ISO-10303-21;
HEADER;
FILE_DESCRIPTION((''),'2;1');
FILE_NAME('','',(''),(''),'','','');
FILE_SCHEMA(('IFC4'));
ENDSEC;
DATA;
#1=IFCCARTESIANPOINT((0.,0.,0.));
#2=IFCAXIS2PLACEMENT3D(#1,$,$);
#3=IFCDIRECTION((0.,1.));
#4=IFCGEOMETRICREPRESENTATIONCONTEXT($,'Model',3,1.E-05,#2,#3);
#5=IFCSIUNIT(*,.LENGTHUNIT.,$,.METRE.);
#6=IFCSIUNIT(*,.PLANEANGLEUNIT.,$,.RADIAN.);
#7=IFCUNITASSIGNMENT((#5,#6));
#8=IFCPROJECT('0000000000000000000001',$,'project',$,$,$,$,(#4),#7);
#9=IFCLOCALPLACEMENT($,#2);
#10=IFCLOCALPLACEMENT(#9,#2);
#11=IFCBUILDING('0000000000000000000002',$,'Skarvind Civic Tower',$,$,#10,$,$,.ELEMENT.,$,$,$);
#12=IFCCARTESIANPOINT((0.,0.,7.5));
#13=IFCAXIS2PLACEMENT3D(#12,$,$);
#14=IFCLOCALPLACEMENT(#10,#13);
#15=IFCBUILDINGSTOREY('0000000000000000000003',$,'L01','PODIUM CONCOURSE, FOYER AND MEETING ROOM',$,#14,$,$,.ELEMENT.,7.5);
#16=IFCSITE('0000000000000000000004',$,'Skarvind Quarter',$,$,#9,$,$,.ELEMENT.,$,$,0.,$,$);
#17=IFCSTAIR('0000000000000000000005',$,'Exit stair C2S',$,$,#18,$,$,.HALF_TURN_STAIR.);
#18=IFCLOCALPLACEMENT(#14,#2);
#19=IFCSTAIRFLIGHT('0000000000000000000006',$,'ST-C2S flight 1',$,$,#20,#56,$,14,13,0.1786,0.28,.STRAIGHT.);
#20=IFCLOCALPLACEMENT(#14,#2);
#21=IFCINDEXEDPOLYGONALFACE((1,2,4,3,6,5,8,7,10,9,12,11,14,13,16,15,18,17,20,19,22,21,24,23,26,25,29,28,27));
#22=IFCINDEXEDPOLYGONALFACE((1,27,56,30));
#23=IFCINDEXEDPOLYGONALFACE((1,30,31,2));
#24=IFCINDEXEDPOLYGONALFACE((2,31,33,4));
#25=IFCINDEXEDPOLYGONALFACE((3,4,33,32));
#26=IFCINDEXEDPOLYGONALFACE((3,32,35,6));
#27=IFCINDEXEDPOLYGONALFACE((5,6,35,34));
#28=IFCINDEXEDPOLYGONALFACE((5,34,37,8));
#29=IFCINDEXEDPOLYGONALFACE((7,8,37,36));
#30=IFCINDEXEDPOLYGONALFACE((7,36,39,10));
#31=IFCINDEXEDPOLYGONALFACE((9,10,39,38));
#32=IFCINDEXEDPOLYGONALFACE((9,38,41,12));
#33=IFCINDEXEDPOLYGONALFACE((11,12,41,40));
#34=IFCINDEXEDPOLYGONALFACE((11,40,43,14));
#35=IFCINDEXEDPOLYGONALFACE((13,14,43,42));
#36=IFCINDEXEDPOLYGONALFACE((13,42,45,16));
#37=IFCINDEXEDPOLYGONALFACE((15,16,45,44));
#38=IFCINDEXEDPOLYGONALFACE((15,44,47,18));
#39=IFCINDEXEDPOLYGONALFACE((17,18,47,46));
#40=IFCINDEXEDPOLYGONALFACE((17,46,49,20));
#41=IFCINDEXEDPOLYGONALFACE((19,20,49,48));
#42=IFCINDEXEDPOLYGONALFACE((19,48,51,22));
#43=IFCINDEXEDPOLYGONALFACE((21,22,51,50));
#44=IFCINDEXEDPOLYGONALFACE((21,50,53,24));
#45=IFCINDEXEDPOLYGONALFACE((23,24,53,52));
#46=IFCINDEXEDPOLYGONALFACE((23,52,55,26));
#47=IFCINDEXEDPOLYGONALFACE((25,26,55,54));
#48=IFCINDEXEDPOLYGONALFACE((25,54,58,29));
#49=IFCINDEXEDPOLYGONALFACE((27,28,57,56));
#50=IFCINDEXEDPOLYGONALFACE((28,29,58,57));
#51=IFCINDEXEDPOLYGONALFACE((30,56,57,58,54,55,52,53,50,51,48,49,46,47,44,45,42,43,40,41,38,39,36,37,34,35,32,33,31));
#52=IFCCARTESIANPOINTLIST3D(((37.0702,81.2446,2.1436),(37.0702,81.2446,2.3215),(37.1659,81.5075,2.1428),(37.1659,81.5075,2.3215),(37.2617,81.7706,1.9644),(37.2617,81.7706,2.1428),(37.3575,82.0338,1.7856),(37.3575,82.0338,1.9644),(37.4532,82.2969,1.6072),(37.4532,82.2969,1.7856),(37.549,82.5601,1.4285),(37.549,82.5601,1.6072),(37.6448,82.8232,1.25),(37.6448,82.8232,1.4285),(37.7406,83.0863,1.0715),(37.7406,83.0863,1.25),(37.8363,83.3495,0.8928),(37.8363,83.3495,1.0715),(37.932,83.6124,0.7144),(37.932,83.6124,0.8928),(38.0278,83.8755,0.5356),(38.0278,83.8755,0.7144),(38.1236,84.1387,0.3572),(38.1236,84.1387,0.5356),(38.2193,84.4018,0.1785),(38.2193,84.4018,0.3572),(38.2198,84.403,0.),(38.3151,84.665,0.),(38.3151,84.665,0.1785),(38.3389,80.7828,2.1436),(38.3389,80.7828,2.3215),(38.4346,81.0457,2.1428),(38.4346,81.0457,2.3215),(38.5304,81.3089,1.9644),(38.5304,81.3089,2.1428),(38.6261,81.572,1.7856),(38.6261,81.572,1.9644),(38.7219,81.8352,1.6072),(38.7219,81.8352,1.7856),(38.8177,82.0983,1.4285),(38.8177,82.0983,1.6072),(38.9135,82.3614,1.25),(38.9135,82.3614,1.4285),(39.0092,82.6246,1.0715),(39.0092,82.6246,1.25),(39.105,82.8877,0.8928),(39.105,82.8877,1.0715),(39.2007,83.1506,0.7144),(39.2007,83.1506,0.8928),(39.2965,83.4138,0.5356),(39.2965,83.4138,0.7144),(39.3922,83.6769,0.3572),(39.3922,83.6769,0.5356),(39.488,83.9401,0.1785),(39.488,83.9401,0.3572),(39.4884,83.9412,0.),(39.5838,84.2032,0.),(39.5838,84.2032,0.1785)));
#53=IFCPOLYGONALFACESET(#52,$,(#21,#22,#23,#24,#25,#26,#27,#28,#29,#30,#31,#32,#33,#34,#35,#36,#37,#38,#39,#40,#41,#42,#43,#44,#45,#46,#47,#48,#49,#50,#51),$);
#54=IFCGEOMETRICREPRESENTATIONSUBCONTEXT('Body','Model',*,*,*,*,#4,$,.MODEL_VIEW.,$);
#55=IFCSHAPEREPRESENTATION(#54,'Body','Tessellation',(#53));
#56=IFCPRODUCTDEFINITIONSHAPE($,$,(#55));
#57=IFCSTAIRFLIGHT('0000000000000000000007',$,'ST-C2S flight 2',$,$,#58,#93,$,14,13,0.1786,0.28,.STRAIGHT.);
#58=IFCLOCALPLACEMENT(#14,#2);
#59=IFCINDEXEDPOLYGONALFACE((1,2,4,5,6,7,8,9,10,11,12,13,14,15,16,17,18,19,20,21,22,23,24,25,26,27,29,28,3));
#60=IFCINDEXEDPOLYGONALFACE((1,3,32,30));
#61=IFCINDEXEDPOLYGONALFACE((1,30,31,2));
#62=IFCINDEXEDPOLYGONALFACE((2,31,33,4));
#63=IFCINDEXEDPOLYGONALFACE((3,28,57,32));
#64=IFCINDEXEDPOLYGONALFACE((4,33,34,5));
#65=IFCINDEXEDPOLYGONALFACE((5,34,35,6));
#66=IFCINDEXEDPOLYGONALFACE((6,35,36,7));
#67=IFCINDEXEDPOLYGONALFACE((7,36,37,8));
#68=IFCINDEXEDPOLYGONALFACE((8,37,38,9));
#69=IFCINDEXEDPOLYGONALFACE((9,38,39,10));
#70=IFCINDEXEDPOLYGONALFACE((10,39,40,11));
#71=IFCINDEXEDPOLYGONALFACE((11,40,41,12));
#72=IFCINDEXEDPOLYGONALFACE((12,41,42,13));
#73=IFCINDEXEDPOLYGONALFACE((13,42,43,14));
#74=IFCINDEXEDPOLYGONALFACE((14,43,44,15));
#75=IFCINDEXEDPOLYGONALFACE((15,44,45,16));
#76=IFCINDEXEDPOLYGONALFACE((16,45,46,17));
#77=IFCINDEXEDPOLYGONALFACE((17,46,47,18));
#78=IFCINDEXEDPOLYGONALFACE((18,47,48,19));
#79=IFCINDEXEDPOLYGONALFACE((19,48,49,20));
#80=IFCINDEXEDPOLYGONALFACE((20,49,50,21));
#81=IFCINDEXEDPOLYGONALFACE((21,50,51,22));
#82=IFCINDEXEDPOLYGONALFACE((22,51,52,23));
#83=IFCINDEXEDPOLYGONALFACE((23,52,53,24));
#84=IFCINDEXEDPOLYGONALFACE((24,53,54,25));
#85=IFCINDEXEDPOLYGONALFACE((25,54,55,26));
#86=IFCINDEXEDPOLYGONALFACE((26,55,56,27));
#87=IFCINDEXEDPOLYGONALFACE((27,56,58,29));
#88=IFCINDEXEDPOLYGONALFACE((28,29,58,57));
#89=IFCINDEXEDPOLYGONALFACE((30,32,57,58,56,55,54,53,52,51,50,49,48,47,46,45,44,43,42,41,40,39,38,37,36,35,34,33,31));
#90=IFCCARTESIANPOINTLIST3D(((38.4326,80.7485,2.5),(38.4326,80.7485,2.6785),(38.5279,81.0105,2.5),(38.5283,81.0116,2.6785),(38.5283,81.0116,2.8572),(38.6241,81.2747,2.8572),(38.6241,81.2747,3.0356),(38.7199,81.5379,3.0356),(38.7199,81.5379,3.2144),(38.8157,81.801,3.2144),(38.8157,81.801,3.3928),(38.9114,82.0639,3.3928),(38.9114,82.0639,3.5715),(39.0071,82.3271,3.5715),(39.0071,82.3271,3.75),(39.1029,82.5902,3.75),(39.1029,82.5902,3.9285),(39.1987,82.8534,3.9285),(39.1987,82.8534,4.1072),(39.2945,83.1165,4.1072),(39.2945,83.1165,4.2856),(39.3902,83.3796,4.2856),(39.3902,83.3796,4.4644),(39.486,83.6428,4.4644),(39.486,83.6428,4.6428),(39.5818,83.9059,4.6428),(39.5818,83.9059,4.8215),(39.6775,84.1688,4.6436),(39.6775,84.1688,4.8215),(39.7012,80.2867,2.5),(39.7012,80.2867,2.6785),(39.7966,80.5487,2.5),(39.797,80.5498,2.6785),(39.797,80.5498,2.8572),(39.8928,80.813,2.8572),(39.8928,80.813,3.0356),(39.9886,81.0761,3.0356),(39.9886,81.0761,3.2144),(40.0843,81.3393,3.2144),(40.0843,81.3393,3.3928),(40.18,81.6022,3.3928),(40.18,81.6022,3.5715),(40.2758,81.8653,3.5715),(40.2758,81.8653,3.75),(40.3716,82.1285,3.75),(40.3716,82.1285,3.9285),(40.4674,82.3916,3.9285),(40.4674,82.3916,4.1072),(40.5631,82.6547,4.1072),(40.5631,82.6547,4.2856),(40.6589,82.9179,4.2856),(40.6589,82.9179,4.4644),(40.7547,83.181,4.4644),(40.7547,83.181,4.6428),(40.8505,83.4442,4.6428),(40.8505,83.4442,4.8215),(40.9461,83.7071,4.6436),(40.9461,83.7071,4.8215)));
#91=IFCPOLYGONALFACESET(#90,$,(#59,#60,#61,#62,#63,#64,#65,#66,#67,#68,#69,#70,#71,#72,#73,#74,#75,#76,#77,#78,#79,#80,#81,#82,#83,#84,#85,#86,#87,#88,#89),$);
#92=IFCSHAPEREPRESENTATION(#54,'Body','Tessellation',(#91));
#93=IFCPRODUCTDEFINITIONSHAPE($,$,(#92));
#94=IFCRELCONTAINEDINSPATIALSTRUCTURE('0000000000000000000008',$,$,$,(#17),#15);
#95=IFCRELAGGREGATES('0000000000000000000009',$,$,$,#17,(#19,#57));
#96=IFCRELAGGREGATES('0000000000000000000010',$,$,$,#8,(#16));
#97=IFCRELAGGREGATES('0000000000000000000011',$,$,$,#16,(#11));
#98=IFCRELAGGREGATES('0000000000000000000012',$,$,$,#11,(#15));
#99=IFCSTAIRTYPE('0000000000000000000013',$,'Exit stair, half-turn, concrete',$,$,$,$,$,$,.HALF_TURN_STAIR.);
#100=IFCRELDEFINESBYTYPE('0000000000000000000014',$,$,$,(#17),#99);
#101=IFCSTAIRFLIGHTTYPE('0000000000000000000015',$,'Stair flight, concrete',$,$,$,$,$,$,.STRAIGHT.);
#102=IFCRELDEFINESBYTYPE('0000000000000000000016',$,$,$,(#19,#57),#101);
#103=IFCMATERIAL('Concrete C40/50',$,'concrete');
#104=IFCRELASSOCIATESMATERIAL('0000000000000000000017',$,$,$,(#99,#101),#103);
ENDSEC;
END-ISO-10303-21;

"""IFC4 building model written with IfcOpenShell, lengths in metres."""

from ifc_helpers import new_model, si_unit, direction, frame, origin, place, context, subcontext, project, spatial, polyline, outline, extrude, material, type_object, element, aggregate, save


model = new_model("IFC4")

# Units and contexts
model_context = context("Model", 3, precision=1e-05, world=origin(), true_north=direction((0.0, 1.0)))
body_context = subcontext(model_context, "Body", "Model", "MODEL_VIEW")
ifc_project = project(units=[si_unit("LENGTHUNIT", "METRE"), si_unit("PLANEANGLEUNIT", "RADIAN")], contexts=[model_context])

# Site, building, storey
site_placement = place(None, origin())
site = spatial("IfcSite", under=ifc_project, at=site_placement, Name="Skarvind Quarter", CompositionType="ELEMENT", RefElevation=0.0)
building_placement = place(site_placement, origin())
building = spatial("IfcBuilding", under=site, at=building_placement, Name="Skarvind Civic Tower", CompositionType="ELEMENT")
storey_placement = place(building_placement, frame((0.0, 0.0, 7.5)))
storey = spatial("IfcBuildingStorey", under=building, at=storey_placement, Name="L01", Description="PODIUM CONCOURSE, FOYER AND MEETING ROOM", CompositionType="ELEMENT", Elevation=7.5)

# Stair, stair flights
ifc_material_1 = material(Name="Concrete C40/50", Category="concrete")
stair_type = type_object("IfcStairType", Name="Exit stair, half-turn, concrete", PredefinedType="HALF_TURN_STAIR", material=ifc_material_1)
stair_placement = place(storey_placement, origin())
stair = element("IfcStair", 1, at=stair_placement, inside=storey, type_object=stair_type, Name="Exit stair C2S", PredefinedType="HALF_TURN_STAIR")
stair_flight_type = type_object("IfcStairFlightType", Name="Stair flight, concrete", PredefinedType="STRAIGHT", material=ifc_material_1)
stair_flight_1_placement = place(storey_placement, frame((38.9495, 84.4341, 0.0), z_axis=(0.0, 0.0, 1.0), x_axis=(-0.34202, -0.939693, 0.0)))
stair_flight_1 = element("IfcStairFlight", 2, at=stair_flight_1_placement, type_object=stair_flight_type, Name="ST-C2S flight 1", NumberOfRisers=14, NumberOfTreads=13, PredefinedType="STRAIGHT", RiserHeight=0.1786, TreadLength=0.28, context=body_context, shape_type="SweptSolid", body=[
    extrude(outline(polyline([(0.0, 0.0), (0.0, 0.1785), (0.28, 0.1785), (0.28, 0.3572), (0.5601, 0.3572), (0.5601, 0.5356), (0.8401, 0.5356), (0.8401, 0.7144), (1.1201, 0.7144), (1.1201, 0.8928), (1.3999, 0.8928), (1.3999, 1.0715), (1.6799, 1.0715), (1.6799, 1.25), (1.96, 1.25), (1.96, 1.4285), (2.24, 1.4285), (2.24, 1.6072), (2.52, 1.6072), (2.52, 1.7856), (2.8, 1.7856), (2.8, 1.9644), (3.0801, 1.9644), (3.0801, 2.1428), (3.3601, 2.1428), (3.3601, 2.3215), (3.6399, 2.3215), (3.6399, 2.5), (3.6399, 2.1436), (0.2788, 0.0), (0.0, 0.0)])), frame((0.0, 0.675, 0.0), z_axis=(0.0, -1.0, 0.0), x_axis=(1.0, 0.0, 0.0)), (0.0, 0.0, 1.0), 1.3501),
])
stair_flight_2_placement = place(storey_placement, frame((39.0669, 80.5176, 2.5), z_axis=(0.0, 0.0, 1.0), x_axis=(0.34202, 0.939693, 0.0)))
stair_flight_2 = element("IfcStairFlight", 3, at=stair_flight_2_placement, type_object=stair_flight_type, Name="ST-C2S flight 2", NumberOfRisers=14, NumberOfTreads=13, PredefinedType="STRAIGHT", RiserHeight=0.1786, TreadLength=0.28, context=body_context, shape_type="SweptSolid", body=[
    extrude(outline(polyline([(0.0, 0.0), (0.0, 0.1785), (0.28, 0.1785), (0.28, 0.3572), (0.5601, 0.3572), (0.5601, 0.5356), (0.8401, 0.5356), (0.8401, 0.7144), (1.1201, 0.7144), (1.1201, 0.8928), (1.3999, 0.8928), (1.3999, 1.0715), (1.6799, 1.0715), (1.6799, 1.25), (1.96, 1.25), (1.96, 1.4285), (2.24, 1.4285), (2.24, 1.6072), (2.52, 1.6072), (2.52, 1.7856), (2.8, 1.7856), (2.8, 1.9644), (3.0801, 1.9644), (3.0801, 2.1428), (3.3601, 2.1428), (3.3601, 2.3215), (3.6399, 2.3215), (3.6399, 2.5), (3.6399, 2.1436), (0.2788, 0.0), (0.0, 0.0)])), frame((0.0, 0.675, 0.0), z_axis=(0.0, -1.0, 0.0), x_axis=(1.0, 0.0, 0.0)), (0.0, 0.0, 1.0), 1.3501),
])
aggregate(stair, [stair_flight_1, stair_flight_2])

save(model, "model.ifc")
